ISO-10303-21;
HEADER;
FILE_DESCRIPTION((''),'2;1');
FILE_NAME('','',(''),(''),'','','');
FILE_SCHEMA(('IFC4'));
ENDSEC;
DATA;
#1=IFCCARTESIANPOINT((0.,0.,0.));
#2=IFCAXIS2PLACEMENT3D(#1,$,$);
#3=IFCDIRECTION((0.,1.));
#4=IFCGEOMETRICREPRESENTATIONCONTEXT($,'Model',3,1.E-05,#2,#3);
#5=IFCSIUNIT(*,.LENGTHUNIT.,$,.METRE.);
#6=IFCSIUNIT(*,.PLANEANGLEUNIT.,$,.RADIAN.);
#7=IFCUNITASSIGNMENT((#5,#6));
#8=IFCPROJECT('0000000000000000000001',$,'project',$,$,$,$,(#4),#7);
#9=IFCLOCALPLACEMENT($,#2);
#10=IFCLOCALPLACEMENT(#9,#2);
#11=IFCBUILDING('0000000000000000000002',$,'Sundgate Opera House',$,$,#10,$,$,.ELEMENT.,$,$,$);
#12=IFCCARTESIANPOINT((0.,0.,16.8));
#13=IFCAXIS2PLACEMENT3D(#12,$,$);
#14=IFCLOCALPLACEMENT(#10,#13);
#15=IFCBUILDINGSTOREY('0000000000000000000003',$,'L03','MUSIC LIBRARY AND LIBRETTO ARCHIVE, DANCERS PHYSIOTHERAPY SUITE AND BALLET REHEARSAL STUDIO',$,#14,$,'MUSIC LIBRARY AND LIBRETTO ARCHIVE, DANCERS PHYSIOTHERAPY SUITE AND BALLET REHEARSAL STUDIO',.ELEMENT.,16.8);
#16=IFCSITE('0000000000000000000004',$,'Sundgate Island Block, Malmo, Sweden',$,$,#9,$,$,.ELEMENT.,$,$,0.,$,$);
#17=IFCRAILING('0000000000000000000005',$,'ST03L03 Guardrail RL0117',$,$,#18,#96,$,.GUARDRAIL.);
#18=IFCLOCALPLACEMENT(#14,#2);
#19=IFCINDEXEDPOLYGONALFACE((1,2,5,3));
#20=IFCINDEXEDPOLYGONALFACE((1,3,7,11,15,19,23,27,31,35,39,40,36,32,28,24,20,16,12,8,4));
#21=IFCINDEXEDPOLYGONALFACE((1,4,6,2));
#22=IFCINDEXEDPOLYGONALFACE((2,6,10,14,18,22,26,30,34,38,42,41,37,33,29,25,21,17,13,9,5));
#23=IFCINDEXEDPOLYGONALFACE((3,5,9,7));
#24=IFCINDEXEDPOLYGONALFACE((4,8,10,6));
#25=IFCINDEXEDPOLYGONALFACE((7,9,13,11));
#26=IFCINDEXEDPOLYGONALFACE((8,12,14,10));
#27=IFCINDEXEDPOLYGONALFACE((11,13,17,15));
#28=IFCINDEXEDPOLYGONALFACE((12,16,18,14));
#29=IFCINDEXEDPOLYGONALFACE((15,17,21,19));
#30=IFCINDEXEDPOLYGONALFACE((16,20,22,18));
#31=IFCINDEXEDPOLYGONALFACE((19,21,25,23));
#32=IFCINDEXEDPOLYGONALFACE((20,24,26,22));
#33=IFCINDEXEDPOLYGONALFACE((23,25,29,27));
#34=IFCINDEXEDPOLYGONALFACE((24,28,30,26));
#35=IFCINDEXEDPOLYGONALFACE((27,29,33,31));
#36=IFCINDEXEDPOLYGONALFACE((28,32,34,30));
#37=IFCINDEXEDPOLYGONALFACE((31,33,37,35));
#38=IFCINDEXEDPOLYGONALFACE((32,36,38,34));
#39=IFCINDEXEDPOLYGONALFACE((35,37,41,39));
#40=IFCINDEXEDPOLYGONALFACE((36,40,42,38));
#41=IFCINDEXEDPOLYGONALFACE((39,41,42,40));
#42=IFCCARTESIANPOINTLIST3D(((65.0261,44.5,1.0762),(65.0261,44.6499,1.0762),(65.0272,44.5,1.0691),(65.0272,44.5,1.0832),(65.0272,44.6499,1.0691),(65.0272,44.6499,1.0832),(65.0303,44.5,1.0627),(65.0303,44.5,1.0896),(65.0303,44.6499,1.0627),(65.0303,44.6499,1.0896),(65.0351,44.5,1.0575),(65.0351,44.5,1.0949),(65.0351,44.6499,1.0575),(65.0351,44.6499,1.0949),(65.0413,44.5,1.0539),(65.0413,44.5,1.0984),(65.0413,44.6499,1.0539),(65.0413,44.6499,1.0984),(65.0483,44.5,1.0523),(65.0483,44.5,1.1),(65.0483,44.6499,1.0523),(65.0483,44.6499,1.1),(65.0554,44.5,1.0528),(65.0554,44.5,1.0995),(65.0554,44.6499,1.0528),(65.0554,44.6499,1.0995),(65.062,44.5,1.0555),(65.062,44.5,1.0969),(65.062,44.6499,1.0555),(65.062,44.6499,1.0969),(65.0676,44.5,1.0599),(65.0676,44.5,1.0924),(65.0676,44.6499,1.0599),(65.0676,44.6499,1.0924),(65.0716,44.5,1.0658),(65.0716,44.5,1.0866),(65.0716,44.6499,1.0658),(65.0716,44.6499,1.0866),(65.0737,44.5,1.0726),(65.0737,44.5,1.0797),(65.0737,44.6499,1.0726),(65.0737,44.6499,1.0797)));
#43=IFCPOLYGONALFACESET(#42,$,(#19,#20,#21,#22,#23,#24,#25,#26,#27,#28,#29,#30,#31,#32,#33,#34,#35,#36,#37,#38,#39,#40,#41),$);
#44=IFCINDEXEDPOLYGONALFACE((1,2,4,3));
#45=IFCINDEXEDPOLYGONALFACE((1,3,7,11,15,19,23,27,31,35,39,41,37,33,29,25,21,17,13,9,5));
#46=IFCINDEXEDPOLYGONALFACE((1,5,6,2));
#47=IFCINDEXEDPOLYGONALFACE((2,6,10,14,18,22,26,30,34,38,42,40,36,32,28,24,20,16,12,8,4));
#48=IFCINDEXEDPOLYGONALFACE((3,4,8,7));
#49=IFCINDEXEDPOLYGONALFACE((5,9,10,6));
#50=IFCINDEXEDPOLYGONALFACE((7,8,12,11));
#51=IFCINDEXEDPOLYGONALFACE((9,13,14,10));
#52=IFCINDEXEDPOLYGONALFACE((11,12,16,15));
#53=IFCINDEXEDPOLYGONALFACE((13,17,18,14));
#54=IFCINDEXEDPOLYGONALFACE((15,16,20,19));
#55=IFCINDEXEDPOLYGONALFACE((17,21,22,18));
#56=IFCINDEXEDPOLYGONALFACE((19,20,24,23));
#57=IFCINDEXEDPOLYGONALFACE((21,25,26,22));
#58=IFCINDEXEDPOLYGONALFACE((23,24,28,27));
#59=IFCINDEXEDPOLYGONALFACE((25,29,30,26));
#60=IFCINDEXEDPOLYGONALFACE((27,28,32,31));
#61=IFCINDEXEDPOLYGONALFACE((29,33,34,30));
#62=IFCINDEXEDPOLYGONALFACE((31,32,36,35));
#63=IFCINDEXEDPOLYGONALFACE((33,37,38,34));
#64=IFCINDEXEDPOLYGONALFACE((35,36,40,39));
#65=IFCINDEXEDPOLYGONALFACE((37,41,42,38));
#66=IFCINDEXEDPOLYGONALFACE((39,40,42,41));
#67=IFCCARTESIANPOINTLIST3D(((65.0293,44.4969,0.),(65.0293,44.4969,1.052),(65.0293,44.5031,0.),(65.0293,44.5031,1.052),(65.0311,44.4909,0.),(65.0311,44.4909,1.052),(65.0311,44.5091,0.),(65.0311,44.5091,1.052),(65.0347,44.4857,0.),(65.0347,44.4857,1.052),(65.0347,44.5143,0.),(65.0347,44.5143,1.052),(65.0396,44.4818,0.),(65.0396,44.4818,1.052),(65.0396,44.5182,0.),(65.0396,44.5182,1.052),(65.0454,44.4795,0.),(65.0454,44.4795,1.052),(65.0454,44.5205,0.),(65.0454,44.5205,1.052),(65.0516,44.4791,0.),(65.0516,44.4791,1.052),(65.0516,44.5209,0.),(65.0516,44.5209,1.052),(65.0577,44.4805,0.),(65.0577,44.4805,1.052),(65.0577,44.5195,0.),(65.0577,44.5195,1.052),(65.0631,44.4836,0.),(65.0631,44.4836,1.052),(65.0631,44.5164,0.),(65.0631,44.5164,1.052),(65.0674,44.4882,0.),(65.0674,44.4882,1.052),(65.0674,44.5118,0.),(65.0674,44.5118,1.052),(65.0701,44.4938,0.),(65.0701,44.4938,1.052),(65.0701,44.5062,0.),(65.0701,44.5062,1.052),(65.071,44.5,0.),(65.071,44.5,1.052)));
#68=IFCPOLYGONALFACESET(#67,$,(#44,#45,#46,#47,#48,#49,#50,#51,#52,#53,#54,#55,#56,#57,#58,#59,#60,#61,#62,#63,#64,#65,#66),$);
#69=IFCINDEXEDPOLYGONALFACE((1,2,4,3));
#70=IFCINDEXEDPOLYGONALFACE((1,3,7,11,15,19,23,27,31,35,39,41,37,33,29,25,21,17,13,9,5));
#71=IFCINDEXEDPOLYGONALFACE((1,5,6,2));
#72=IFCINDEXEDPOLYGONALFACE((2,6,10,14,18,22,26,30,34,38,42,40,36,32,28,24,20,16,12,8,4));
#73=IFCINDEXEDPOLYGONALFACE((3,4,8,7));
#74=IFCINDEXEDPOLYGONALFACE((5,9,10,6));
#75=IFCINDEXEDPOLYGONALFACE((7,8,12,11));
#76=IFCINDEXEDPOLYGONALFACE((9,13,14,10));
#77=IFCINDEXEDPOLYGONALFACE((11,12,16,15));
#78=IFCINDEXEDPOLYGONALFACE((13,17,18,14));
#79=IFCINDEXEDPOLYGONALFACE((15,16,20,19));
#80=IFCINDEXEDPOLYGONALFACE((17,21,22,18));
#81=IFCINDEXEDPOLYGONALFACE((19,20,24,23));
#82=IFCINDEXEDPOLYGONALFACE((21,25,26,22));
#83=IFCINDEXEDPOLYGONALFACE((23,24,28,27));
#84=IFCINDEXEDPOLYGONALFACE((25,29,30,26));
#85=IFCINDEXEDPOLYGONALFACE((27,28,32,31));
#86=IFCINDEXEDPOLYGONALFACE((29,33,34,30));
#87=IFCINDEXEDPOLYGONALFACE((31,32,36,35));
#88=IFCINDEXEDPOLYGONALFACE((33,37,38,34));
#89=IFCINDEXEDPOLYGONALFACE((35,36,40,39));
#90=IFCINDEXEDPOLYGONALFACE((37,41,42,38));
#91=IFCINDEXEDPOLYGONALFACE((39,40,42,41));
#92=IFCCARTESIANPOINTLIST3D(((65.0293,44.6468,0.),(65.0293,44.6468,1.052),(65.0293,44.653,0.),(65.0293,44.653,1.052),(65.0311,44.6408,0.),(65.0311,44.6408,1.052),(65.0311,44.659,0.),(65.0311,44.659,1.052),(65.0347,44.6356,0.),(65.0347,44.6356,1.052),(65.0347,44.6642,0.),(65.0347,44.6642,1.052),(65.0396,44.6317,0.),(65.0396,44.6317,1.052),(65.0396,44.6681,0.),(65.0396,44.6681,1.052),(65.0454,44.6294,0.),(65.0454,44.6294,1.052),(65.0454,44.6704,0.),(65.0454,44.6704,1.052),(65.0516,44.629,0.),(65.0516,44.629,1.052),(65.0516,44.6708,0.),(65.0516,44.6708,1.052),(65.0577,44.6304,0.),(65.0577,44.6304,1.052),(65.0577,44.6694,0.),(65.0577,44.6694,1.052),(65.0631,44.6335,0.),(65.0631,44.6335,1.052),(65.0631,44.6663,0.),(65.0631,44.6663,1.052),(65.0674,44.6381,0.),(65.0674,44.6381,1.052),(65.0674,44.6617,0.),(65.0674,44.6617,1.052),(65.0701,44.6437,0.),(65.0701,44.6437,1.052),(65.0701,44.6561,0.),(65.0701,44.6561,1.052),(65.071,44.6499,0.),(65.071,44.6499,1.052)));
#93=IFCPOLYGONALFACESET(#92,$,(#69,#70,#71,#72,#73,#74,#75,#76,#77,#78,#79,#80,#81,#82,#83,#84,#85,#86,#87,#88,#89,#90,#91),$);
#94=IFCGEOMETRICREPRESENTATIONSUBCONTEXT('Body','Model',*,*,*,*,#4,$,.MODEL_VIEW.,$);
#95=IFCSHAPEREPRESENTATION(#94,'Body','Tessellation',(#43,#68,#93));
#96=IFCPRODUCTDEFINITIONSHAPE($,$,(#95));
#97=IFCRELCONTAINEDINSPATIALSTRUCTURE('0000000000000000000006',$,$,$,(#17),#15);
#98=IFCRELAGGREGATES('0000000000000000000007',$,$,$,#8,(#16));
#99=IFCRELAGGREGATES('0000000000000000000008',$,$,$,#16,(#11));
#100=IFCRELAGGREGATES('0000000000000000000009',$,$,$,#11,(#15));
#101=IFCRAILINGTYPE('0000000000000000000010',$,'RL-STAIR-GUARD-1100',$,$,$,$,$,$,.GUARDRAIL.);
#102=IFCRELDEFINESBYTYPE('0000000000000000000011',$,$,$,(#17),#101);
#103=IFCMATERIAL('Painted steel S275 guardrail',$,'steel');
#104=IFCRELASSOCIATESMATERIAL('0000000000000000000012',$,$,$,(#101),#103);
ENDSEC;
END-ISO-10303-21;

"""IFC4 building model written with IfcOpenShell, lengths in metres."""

from ifc_helpers import new_model, si_unit, direction, frame, origin, origin_2d, place, context, subcontext, project, spatial, circle, extrude, material, type_object, element, save


model = new_model("IFC4")

# Units and contexts
model_context = context("Model", 3, precision=1e-05, world=origin(), true_north=direction((0.0, 1.0)))
body_context = subcontext(model_context, "Body", "Model", "MODEL_VIEW")
ifc_project = project(units=[si_unit("LENGTHUNIT", "METRE"), si_unit("PLANEANGLEUNIT", "RADIAN")], contexts=[model_context])

# Site, building, storey
site_placement = place(None, origin())
site = spatial("IfcSite", under=ifc_project, at=site_placement, Name="Sundgate Island Block, Malmo, Sweden", CompositionType="ELEMENT", RefElevation=0.0)
building_placement = place(site_placement, origin())
building = spatial("IfcBuilding", under=site, at=building_placement, Name="Sundgate Opera House", CompositionType="ELEMENT")
storey_placement = place(building_placement, frame((0.0, 0.0, 16.8)))
storey = spatial("IfcBuildingStorey", under=building, at=storey_placement, Name="L03", Description="MUSIC LIBRARY AND LIBRETTO ARCHIVE, DANCERS PHYSIOTHERAPY SUITE AND BALLET REHEARSAL STUDIO", LongName="MUSIC LIBRARY AND LIBRETTO ARCHIVE, DANCERS PHYSIOTHERAPY SUITE AND BALLET REHEARSAL STUDIO", CompositionType="ELEMENT", Elevation=16.8)

# Railing
ifc_material_1 = material(Name="Painted steel S275 guardrail", Category="steel")
railing_type_1 = type_object("IfcRailingType", Name="RL-STAIR-GUARD-1100", PredefinedType="GUARDRAIL", material=ifc_material_1)
railing_1_placement = place(storey_placement, frame((65.05, 44.5, 0.0)))
element("IfcRailing", 1, at=railing_1_placement, inside=storey, type_object=railing_type_1, Name="ST03L03 Guardrail RL0117", PredefinedType="GUARDRAIL", context=body_context, shape_type="SweptSolid", body=[
    extrude(circle(Radius=0.0239, at=origin_2d()), frame((0.0, 0.0, 1.0762), z_axis=(0.0, 1.0, 0.0), x_axis=(-1.0, 0.0, 0.0)), (0.0, 0.0, 1.0), 0.1499),
    extrude(circle(Radius=0.021, at=origin_2d()), origin(), (0.0, 0.0, 1.0), 1.052),
    extrude(circle(Radius=0.021, at=origin_2d()), frame((0.0, 0.1499, 0.0)), (0.0, 0.0, 1.0), 1.052),
])

save(model, "model.ifc")
